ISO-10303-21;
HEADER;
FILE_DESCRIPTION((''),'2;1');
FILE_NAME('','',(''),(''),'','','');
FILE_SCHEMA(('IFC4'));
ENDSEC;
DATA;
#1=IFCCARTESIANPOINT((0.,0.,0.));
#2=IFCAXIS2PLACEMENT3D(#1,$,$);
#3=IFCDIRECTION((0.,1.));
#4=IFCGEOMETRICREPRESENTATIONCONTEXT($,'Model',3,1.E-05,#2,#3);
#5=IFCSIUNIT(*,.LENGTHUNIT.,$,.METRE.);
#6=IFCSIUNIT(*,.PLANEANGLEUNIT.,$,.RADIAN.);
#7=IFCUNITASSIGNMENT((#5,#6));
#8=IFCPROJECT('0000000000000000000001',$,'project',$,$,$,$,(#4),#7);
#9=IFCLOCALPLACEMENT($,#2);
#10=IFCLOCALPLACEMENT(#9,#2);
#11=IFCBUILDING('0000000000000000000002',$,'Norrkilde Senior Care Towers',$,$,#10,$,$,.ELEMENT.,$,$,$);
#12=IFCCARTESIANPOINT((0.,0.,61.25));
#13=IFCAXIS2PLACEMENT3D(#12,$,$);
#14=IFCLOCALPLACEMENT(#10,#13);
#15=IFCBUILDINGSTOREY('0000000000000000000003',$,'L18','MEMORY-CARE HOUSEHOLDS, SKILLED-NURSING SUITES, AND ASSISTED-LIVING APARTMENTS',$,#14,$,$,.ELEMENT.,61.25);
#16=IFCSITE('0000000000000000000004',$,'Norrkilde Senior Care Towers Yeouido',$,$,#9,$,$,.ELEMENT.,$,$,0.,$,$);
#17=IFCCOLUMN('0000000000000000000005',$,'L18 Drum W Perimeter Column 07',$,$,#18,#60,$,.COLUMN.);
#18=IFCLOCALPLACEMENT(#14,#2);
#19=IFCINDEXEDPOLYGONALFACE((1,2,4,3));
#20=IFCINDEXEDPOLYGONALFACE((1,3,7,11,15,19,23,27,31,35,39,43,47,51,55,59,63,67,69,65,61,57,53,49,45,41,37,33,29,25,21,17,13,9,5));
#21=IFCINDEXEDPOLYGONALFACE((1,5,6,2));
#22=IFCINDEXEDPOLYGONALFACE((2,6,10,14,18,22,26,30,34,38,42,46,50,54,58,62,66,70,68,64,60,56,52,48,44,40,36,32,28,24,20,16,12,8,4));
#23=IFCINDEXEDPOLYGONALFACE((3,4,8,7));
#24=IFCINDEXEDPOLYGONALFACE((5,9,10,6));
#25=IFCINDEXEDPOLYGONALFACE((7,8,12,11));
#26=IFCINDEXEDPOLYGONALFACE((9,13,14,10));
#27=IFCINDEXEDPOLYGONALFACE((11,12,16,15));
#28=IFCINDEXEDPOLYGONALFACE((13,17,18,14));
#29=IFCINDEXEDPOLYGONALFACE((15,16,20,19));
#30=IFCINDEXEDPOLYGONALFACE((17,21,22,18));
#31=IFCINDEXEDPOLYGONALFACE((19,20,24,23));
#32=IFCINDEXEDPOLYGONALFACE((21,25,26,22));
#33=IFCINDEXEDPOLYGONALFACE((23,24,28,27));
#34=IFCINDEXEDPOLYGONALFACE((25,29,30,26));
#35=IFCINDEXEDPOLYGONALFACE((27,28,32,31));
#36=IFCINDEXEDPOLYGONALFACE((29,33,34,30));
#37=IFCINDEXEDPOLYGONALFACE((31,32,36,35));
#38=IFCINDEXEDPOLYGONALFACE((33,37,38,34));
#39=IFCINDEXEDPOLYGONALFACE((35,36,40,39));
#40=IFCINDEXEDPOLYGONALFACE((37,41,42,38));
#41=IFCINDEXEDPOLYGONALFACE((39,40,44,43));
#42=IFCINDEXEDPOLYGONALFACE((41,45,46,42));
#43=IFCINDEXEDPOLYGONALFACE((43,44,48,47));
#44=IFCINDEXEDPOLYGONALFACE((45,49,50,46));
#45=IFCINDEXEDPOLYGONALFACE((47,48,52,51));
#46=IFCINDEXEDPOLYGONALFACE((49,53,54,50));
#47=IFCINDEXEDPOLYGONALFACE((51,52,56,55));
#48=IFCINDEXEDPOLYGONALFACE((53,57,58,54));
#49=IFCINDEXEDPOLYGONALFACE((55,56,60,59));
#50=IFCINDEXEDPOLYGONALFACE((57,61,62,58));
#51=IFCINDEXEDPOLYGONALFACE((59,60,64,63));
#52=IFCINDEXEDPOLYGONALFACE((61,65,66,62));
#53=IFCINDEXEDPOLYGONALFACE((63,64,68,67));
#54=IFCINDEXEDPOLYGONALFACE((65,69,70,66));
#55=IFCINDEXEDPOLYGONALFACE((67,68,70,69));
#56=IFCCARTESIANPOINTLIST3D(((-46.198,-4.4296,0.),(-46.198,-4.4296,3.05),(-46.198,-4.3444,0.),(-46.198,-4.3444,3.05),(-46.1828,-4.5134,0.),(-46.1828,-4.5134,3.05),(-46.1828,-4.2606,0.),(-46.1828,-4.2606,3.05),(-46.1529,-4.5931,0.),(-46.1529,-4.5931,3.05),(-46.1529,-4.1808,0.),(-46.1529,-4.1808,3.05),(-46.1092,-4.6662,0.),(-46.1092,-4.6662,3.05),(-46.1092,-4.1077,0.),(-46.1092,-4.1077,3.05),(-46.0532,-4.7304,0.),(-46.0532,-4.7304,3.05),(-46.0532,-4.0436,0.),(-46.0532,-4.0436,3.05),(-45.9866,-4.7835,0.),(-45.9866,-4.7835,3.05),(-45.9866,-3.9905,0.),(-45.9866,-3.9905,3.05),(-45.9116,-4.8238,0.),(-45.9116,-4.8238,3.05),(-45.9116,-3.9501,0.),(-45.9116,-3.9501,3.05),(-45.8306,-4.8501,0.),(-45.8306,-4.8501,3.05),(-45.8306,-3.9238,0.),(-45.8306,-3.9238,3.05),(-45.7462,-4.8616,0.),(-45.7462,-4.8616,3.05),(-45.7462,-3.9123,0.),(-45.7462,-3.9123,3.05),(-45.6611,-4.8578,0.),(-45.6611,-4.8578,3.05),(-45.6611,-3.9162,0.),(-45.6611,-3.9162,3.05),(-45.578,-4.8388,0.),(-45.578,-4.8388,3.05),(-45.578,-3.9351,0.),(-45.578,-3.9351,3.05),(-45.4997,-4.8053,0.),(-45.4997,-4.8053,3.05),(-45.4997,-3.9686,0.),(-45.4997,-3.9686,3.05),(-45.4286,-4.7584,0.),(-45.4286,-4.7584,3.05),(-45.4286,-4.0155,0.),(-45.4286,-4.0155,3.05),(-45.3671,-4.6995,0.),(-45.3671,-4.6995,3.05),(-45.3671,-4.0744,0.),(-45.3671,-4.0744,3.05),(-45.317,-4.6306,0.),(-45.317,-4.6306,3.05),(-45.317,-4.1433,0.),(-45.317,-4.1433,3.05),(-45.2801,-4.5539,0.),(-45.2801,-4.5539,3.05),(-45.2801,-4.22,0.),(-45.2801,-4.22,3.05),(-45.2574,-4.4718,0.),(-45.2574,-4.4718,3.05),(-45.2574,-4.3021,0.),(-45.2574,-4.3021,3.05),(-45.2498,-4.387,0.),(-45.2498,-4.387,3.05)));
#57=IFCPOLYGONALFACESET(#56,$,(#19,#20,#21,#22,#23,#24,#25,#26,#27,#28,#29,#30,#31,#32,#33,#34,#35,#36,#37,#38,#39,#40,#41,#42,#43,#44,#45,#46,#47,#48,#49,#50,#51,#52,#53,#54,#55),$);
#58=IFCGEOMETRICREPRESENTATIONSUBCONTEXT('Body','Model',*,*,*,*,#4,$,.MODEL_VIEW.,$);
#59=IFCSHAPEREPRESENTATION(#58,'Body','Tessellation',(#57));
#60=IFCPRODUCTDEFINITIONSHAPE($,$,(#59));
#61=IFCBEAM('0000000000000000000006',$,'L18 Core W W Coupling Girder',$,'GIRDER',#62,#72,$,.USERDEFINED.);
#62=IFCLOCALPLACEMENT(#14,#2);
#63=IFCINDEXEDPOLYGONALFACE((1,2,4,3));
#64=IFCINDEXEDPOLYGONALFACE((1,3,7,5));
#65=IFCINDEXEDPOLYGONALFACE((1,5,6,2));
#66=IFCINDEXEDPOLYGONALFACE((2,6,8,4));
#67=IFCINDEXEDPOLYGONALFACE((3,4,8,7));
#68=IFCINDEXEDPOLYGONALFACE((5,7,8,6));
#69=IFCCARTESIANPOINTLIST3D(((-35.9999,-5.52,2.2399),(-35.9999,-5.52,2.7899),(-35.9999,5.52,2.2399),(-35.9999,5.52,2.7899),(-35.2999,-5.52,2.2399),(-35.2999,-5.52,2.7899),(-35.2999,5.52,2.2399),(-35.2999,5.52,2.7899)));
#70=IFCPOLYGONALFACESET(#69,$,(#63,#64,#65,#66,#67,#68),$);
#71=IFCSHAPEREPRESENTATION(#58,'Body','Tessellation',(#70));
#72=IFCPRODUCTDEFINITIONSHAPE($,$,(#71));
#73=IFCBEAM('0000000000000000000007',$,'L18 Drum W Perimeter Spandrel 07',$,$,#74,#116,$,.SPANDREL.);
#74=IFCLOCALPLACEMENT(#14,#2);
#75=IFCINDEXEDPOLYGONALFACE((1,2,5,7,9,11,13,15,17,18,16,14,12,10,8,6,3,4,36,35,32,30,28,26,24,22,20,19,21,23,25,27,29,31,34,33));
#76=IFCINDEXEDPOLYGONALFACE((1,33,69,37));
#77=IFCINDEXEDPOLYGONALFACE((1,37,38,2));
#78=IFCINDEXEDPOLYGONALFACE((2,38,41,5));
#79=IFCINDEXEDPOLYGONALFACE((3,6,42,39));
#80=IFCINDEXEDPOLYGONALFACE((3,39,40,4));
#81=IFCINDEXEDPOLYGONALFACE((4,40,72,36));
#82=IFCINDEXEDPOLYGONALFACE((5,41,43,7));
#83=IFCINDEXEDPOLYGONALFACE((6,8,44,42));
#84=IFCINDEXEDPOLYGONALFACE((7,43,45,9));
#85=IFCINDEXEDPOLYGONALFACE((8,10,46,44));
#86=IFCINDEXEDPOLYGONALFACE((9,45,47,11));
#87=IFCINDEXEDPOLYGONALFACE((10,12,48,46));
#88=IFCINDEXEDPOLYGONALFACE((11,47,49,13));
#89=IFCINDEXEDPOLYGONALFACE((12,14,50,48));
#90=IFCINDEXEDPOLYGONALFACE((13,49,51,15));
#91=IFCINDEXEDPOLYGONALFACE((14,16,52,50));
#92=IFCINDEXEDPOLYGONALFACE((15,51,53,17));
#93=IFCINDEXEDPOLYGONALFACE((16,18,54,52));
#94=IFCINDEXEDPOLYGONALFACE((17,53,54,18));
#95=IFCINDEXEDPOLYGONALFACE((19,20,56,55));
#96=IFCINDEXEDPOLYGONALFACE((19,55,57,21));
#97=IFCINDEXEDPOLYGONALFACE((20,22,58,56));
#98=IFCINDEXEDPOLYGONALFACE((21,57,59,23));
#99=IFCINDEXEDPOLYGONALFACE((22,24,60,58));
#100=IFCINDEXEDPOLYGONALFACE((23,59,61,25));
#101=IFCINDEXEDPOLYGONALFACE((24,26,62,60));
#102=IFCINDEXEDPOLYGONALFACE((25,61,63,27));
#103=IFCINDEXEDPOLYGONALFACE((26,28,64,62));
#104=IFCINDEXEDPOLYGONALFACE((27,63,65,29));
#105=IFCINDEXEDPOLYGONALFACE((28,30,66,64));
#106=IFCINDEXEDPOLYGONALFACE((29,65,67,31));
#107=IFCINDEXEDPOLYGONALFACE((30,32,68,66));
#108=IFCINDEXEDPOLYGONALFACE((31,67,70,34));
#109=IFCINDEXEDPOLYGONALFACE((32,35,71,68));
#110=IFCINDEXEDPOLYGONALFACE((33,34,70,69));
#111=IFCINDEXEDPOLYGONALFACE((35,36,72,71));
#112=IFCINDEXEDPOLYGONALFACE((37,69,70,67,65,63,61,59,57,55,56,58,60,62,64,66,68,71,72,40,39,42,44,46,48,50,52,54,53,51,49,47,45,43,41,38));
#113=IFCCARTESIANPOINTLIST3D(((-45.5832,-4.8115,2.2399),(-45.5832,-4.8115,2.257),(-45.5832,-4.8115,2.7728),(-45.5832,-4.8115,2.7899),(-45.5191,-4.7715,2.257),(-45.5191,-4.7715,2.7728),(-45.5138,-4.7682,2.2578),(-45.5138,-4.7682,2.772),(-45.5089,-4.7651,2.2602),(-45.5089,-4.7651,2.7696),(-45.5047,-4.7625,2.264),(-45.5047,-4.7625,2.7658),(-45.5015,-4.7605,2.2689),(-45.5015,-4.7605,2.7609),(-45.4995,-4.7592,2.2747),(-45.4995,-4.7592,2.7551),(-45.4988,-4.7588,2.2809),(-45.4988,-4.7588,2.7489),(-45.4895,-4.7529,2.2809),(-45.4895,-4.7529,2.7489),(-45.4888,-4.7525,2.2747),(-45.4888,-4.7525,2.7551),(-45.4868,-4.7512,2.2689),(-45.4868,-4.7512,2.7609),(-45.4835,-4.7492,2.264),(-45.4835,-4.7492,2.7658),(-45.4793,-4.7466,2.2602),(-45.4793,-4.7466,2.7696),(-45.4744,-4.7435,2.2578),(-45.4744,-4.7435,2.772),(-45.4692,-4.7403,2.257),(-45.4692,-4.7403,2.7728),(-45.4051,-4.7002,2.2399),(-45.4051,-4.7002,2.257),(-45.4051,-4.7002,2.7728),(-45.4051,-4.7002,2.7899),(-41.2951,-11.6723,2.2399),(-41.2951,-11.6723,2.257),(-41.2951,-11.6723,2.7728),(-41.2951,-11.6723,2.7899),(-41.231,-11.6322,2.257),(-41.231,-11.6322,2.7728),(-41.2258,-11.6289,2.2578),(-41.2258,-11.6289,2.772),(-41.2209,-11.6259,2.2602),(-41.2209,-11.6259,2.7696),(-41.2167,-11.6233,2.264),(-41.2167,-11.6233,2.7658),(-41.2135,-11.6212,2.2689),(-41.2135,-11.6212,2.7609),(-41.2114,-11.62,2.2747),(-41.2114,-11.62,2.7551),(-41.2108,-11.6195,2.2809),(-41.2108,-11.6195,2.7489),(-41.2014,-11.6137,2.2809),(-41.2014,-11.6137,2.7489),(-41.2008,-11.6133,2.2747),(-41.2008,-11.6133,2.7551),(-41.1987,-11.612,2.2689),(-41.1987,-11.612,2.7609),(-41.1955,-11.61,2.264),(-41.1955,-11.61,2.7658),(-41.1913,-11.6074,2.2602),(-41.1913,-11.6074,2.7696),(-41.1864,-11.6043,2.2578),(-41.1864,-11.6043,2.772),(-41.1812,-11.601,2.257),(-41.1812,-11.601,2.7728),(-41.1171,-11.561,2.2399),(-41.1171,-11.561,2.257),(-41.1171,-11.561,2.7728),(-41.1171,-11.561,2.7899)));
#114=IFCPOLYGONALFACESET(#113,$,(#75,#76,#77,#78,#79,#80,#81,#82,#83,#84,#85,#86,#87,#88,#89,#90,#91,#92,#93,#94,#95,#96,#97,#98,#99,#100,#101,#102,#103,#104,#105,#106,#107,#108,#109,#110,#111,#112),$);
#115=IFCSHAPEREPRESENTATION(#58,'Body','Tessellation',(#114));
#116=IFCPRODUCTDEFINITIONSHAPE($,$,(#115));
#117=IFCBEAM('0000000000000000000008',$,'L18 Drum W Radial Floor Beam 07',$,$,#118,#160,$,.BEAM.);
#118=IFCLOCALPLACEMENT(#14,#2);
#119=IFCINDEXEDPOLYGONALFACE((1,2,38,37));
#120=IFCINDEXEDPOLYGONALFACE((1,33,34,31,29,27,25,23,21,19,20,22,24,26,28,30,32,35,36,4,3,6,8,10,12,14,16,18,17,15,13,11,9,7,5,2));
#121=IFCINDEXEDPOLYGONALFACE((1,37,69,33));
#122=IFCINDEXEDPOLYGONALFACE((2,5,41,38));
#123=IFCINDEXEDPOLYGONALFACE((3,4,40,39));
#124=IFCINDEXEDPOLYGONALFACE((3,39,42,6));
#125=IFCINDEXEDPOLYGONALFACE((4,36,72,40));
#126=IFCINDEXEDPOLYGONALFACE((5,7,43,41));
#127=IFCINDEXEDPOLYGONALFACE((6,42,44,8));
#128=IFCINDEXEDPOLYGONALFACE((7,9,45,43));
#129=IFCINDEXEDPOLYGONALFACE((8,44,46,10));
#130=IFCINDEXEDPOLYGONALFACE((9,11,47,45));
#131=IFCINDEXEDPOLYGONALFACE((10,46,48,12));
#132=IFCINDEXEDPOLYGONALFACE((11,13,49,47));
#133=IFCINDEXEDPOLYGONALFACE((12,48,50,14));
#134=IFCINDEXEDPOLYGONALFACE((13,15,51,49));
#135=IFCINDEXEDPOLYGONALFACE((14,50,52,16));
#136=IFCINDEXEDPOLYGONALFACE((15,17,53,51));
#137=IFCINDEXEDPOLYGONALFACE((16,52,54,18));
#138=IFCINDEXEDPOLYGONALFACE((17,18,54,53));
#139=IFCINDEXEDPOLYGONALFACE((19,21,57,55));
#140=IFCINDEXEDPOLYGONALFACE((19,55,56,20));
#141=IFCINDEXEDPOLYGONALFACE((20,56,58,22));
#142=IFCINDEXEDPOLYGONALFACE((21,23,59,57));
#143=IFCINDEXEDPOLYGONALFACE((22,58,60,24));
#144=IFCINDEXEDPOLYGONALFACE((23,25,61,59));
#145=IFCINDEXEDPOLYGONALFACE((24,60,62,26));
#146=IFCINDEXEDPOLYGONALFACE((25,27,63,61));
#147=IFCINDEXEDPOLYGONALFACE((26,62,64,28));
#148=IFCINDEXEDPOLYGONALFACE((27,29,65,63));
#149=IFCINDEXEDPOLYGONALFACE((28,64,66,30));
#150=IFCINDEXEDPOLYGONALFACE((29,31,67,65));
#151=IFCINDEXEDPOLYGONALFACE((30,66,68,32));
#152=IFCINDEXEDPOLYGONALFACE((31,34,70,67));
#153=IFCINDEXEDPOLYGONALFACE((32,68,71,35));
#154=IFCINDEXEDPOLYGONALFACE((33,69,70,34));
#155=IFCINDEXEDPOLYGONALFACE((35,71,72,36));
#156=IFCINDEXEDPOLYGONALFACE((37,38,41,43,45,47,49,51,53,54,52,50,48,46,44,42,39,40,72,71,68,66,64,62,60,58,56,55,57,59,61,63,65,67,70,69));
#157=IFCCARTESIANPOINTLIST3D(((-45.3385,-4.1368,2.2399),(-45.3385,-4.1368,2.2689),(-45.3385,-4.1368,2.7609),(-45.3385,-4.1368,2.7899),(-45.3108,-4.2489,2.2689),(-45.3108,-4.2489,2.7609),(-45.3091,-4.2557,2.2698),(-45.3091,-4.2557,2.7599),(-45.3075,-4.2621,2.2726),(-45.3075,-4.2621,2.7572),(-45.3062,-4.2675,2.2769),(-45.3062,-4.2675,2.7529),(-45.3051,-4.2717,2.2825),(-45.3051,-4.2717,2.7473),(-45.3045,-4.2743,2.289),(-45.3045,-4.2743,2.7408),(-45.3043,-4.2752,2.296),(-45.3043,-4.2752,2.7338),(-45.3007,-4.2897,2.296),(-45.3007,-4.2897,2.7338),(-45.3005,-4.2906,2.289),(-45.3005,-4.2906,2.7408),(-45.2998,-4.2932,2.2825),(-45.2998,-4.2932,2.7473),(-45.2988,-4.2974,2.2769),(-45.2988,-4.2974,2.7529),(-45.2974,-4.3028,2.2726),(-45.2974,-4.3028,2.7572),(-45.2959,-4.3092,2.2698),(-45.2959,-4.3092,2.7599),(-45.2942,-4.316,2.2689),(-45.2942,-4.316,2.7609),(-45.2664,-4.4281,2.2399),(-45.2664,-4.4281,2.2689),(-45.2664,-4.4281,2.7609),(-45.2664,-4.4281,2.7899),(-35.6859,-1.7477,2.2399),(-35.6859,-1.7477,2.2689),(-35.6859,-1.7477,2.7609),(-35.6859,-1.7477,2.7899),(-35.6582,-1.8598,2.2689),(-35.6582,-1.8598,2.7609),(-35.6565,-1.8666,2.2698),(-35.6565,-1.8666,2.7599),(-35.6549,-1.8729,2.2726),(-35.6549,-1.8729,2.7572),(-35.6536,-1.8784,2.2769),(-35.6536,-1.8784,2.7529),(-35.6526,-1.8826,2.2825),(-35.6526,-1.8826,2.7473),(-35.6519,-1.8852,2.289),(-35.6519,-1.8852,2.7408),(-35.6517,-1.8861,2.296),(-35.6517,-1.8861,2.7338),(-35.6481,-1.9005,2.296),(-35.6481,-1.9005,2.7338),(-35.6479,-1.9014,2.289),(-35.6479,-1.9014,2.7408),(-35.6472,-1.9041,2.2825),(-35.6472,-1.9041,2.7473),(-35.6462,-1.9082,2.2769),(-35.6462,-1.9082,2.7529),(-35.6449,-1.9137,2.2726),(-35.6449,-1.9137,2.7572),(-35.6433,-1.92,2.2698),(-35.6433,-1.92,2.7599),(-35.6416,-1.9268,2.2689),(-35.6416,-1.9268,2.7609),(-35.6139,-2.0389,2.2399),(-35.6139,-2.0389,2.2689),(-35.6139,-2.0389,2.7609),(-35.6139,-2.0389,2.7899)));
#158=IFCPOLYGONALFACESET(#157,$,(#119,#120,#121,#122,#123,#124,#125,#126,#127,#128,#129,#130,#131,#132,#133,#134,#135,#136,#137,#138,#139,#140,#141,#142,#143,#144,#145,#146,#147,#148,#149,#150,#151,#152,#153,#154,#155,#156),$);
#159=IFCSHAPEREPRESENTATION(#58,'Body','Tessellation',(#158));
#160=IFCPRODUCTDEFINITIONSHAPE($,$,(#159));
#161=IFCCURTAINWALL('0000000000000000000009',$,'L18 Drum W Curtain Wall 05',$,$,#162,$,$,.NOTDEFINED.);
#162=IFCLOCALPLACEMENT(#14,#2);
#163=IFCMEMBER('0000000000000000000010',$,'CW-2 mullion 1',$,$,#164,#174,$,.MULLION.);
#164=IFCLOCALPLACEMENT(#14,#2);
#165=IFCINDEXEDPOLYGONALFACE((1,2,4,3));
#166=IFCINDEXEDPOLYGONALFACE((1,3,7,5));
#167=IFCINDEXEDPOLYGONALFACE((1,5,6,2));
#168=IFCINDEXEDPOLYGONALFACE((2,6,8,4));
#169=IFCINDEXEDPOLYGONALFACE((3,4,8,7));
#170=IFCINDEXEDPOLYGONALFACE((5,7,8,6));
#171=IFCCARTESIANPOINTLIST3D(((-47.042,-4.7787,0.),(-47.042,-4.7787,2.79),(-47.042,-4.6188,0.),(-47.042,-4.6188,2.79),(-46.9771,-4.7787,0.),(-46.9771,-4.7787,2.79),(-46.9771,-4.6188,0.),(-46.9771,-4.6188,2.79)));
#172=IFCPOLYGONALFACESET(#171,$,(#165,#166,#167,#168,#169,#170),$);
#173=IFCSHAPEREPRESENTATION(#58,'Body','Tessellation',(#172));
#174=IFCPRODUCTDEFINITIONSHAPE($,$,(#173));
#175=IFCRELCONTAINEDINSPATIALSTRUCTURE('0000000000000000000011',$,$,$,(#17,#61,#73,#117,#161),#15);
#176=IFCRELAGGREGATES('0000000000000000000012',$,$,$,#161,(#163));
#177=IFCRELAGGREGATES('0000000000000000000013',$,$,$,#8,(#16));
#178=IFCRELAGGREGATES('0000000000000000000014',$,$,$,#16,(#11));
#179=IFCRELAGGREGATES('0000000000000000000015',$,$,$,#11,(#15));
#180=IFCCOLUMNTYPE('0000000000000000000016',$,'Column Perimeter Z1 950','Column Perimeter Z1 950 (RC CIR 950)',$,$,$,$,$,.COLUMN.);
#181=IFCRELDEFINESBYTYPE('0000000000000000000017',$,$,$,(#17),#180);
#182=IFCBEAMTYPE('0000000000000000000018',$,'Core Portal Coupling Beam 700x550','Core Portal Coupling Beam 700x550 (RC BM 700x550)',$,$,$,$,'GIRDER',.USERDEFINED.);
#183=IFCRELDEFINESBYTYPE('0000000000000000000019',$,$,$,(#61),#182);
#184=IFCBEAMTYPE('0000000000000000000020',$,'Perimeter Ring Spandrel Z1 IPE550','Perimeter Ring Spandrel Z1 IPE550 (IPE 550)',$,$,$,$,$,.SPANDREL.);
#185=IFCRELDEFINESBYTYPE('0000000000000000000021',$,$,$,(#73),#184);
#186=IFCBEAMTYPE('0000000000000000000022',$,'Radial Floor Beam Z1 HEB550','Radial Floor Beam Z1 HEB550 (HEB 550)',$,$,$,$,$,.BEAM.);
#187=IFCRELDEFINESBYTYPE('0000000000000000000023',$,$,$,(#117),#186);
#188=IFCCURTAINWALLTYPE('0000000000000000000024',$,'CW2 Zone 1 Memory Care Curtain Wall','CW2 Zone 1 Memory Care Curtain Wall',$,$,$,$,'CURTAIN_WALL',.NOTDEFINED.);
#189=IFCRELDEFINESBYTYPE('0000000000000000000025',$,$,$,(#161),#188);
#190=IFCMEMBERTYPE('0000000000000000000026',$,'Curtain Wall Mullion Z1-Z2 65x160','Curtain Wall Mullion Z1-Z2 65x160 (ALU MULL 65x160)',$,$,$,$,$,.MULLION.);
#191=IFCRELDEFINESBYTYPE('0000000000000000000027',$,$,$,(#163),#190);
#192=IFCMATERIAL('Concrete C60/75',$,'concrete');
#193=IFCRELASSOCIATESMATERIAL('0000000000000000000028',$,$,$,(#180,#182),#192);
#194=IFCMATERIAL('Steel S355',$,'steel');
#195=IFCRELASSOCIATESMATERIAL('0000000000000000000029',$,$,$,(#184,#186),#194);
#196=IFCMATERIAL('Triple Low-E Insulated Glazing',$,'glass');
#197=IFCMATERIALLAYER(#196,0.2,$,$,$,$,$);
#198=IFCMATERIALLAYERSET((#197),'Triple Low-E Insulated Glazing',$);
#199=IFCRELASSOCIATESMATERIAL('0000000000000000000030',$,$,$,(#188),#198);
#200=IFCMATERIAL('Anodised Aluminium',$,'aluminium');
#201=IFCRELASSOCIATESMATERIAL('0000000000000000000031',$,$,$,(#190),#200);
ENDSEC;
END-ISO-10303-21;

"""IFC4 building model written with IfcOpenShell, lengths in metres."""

from ifc_helpers import new_model, si_unit, direction, frame, origin, origin_2d, place, context, subcontext, project, spatial, rectangle, circle, i_section, extrude, source, transform, mapped, material, layer, layer_set, material_profile, profile_set, type_object, type_shapes, element, aggregate, save


model = new_model("IFC4")

# Units and contexts
model_context = context("Model", 3, precision=1e-05, world=origin(), true_north=direction((0.0, 1.0)))
body_context = subcontext(model_context, "Body", "Model", "MODEL_VIEW")
ifc_project = project(units=[si_unit("LENGTHUNIT", "METRE"), si_unit("PLANEANGLEUNIT", "RADIAN")], contexts=[model_context])

# Site, building, storey
site_placement = place(None, origin())
site = spatial("IfcSite", under=ifc_project, at=site_placement, Name="Norrkilde Senior Care Towers Yeouido", CompositionType="ELEMENT", RefElevation=0.0)
building_placement = place(site_placement, origin())
building = spatial("IfcBuilding", under=site, at=building_placement, Name="Norrkilde Senior Care Towers", CompositionType="ELEMENT")
storey_placement = place(building_placement, frame((0.0, 0.0, 61.25)))
storey = spatial("IfcBuildingStorey", under=building, at=storey_placement, Name="L18", Description="MEMORY-CARE HOUSEHOLDS, SKILLED-NURSING SUITES, AND ASSISTED-LIVING APARTMENTS", CompositionType="ELEMENT", Elevation=61.25)

# Column
ifc_material_1 = material(Name="Concrete C60/75", Category="concrete")
ifc_material_profile_1 = material_profile(ifc_material_1, circle(Radius=0.4751, at=origin_2d()), Name="RC CIR 950")
ifc_profile_set_1 = profile_set([ifc_material_profile_1], Name="Concrete C60/75")
column_type = type_object("IfcColumnType", Name="Column Perimeter Z1 950", Description="Column Perimeter Z1 950 (RC CIR 950)", PredefinedType="COLUMN", material=ifc_profile_set_1)
shared_shape_1 = source(origin(), body_context, "Body", "SweptSolid", [
    extrude(circle(Radius=0.4751, at=origin_2d()), origin(), (0.0, 0.0, 1.0), 3.05),
])
type_shapes(column_type, [shared_shape_1])
column_placement = place(storey_placement, frame((-45.7249, -4.387, 0.0), z_axis=(0.0, 0.0, 1.0), x_axis=(1.0, 0.0, 0.0)))
element("IfcColumn", 1, at=column_placement, inside=storey, type_object=column_type, Name="L18 Drum W Perimeter Column 07", PredefinedType="COLUMN", context=body_context, shape_type="MappedRepresentation", body=[
    mapped(shared_shape_1, transform((0.0, 0.0, 0.0), x_axis=(1.0, 0.0, 0.0), y_axis=(0.0, 1.0, 0.0), z_axis=(0.0, 0.0, 1.0), scale=1.0)),
])

# Beams
ifc_material_profile_2 = material_profile(ifc_material_1, rectangle(XDim=0.7, YDim=0.55, at=origin_2d()), Name="RC BM 700x550")
ifc_profile_set_2 = profile_set([ifc_material_profile_2], Name="Concrete C60/75")
beam_type_1 = type_object("IfcBeamType", Name="Core Portal Coupling Beam 700x550", Description="Core Portal Coupling Beam 700x550 (RC BM 700x550)", ElementType="GIRDER", PredefinedType="USERDEFINED", material=ifc_profile_set_2)
shared_shape_2 = source(origin(), body_context, "Body", "SweptSolid", [
    extrude(rectangle(XDim=0.7, YDim=0.55, at=origin_2d()), origin(), (0.0, 0.0, 1.0), 11.04),
])
type_shapes(beam_type_1, [shared_shape_2])
beam_1_placement = place(storey_placement, frame((-35.6499, -5.52, 2.5149), z_axis=(0.0, 1.0, 0.0), x_axis=(-1.0, 0.0, 0.0)))
element("IfcBeam", 2, at=beam_1_placement, inside=storey, type_object=beam_type_1, Name="L18 Core W W Coupling Girder", ObjectType="GIRDER", PredefinedType="USERDEFINED", context=body_context, shape_type="MappedRepresentation", body=[
    mapped(shared_shape_2, transform((0.0, 0.0, 0.0), x_axis=(1.0, 0.0, 0.0), y_axis=(0.0, 1.0, 0.0), z_axis=(0.0, 0.0, 1.0), scale=1.0)),
])
ifc_material_2 = material(Name="Steel S355", Category="steel")
ifc_material_profile_3 = material_profile(ifc_material_2, i_section(OverallWidth=0.21, OverallDepth=0.55, WebThickness=0.011, FlangeThickness=0.0171, FilletRadius=0.0239, at=origin_2d()), Name="IPE 550")
ifc_profile_set_3 = profile_set([ifc_material_profile_3], Name="Steel S355")
beam_type_2 = type_object("IfcBeamType", Name="Perimeter Ring Spandrel Z1 IPE550", Description="Perimeter Ring Spandrel Z1 IPE550 (IPE 550)", PredefinedType="SPANDREL", material=ifc_profile_set_3)
shared_shape_3 = source(origin(), body_context, "Body", "SweptSolid", [
    extrude(i_section(OverallWidth=0.21, OverallDepth=0.55, WebThickness=0.011, FlangeThickness=0.0171, FilletRadius=0.0239, at=origin_2d()), origin(), (0.0, 0.0, 1.0), 8.0906),
])
type_shapes(beam_type_2, [shared_shape_3])
beam_2_placement = place(storey_placement, frame((-45.4941, -4.7559, 2.5149), z_axis=(0.530004, -0.847995, 0.0), x_axis=(0.847995, 0.530004, 0.0)))
element("IfcBeam", 3, at=beam_2_placement, inside=storey, type_object=beam_type_2, Name="L18 Drum W Perimeter Spandrel 07", PredefinedType="SPANDREL", context=body_context, shape_type="MappedRepresentation", body=[
    mapped(shared_shape_3, transform((0.0, 0.0, 0.0), x_axis=(1.0, 0.0, 0.0), y_axis=(0.0, 1.0, 0.0), z_axis=(0.0, 0.0, 1.0), scale=1.0)),
])
ifc_material_profile_4 = material_profile(ifc_material_2, i_section(OverallWidth=0.3, OverallDepth=0.55, WebThickness=0.0149, FlangeThickness=0.0291, FilletRadius=0.0271, at=origin_2d()), Name="HEB 550")
ifc_profile_set_4 = profile_set([ifc_material_profile_4], Name="Steel S355")
beam_type_3 = type_object("IfcBeamType", Name="Radial Floor Beam Z1 HEB550", Description="Radial Floor Beam Z1 HEB550 (HEB 550)", PredefinedType="BEAM", material=ifc_profile_set_4)
shared_shape_4 = source(origin(), body_context, "Body", "SweptSolid", [
    extrude(i_section(OverallWidth=0.3, OverallDepth=0.55, WebThickness=0.0149, FlangeThickness=0.0291, FilletRadius=0.0271, at=origin_2d()), origin(), (0.0, 0.0, 1.0), 9.9438),
])
type_shapes(beam_type_3, [shared_shape_4])
beam_3_placement = place(storey_placement, frame((-35.6499, -1.8933, 2.5149), z_axis=(-0.970707, -0.240265, 0.0), x_axis=(0.240265, -0.970707, 0.0)))
element("IfcBeam", 4, at=beam_3_placement, inside=storey, type_object=beam_type_3, Name="L18 Drum W Radial Floor Beam 07", PredefinedType="BEAM", context=body_context, shape_type="MappedRepresentation", body=[
    mapped(shared_shape_4, transform((0.0, 0.0, 0.0), x_axis=(1.0, 0.0, 0.0), y_axis=(0.0, 1.0, 0.0), z_axis=(0.0, 0.0, 1.0), scale=1.0)),
])

# Curtain wall, member
ifc_material_3 = material(Name="Triple Low-E Insulated Glazing", Category="glass")
ifc_layer_1 = layer(ifc_material_3, 0.2)
ifc_layer_set_1 = layer_set([ifc_layer_1], Name="Triple Low-E Insulated Glazing")
curtain_wall_type = type_object("IfcCurtainWallType", Name="CW2 Zone 1 Memory Care Curtain Wall", Description="CW2 Zone 1 Memory Care Curtain Wall", ElementType="CURTAIN_WALL", PredefinedType="NOTDEFINED", material=ifc_layer_set_1)
curtain_wall_1_placement = place(storey_placement, origin())
curtain_wall_1 = element("IfcCurtainWall", 5, at=curtain_wall_1_placement, inside=storey, type_object=curtain_wall_type, Name="L18 Drum W Curtain Wall 05", PredefinedType="NOTDEFINED")
ifc_material_4 = material(Name="Anodised Aluminium", Category="aluminium")
ifc_material_profile_5 = material_profile(ifc_material_4, rectangle(XDim=0.0649, YDim=0.1599, at=origin_2d()), Name="ALU MULL 65x160")
ifc_profile_set_5 = profile_set([ifc_material_profile_5], Name="Anodised Aluminium")
member_type_1 = type_object("IfcMemberType", Name="Curtain Wall Mullion Z1-Z2 65x160", Description="Curtain Wall Mullion Z1-Z2 65x160 (ALU MULL 65x160)", PredefinedType="MULLION", material=ifc_profile_set_5)
shared_shape_5 = source(origin(), body_context, "Body", "SweptSolid", [
    extrude(rectangle(XDim=0.0649, YDim=0.1599, at=origin_2d()), origin(), (0.0, 0.0, 1.0), 2.79),
])
type_shapes(member_type_1, [shared_shape_5])
member_1_placement = place(storey_placement, frame((-47.0095, -4.6987, 0.0), z_axis=(0.0, 0.0, 1.0), x_axis=(-1.0, 0.0, 0.0)))
member_1 = element("IfcMember", 6, at=member_1_placement, type_object=member_type_1, Name="CW-2 mullion 1", PredefinedType="MULLION", context=body_context, shape_type="MappedRepresentation", body=[
    mapped(shared_shape_5, transform((0.0, 0.0, 0.0), x_axis=(1.0, 0.0, 0.0), y_axis=(0.0, 1.0, 0.0), z_axis=(0.0, 0.0, 1.0), scale=1.0)),
])

aggregate(curtain_wall_1, [member_1])

save(model, "model.ifc")
